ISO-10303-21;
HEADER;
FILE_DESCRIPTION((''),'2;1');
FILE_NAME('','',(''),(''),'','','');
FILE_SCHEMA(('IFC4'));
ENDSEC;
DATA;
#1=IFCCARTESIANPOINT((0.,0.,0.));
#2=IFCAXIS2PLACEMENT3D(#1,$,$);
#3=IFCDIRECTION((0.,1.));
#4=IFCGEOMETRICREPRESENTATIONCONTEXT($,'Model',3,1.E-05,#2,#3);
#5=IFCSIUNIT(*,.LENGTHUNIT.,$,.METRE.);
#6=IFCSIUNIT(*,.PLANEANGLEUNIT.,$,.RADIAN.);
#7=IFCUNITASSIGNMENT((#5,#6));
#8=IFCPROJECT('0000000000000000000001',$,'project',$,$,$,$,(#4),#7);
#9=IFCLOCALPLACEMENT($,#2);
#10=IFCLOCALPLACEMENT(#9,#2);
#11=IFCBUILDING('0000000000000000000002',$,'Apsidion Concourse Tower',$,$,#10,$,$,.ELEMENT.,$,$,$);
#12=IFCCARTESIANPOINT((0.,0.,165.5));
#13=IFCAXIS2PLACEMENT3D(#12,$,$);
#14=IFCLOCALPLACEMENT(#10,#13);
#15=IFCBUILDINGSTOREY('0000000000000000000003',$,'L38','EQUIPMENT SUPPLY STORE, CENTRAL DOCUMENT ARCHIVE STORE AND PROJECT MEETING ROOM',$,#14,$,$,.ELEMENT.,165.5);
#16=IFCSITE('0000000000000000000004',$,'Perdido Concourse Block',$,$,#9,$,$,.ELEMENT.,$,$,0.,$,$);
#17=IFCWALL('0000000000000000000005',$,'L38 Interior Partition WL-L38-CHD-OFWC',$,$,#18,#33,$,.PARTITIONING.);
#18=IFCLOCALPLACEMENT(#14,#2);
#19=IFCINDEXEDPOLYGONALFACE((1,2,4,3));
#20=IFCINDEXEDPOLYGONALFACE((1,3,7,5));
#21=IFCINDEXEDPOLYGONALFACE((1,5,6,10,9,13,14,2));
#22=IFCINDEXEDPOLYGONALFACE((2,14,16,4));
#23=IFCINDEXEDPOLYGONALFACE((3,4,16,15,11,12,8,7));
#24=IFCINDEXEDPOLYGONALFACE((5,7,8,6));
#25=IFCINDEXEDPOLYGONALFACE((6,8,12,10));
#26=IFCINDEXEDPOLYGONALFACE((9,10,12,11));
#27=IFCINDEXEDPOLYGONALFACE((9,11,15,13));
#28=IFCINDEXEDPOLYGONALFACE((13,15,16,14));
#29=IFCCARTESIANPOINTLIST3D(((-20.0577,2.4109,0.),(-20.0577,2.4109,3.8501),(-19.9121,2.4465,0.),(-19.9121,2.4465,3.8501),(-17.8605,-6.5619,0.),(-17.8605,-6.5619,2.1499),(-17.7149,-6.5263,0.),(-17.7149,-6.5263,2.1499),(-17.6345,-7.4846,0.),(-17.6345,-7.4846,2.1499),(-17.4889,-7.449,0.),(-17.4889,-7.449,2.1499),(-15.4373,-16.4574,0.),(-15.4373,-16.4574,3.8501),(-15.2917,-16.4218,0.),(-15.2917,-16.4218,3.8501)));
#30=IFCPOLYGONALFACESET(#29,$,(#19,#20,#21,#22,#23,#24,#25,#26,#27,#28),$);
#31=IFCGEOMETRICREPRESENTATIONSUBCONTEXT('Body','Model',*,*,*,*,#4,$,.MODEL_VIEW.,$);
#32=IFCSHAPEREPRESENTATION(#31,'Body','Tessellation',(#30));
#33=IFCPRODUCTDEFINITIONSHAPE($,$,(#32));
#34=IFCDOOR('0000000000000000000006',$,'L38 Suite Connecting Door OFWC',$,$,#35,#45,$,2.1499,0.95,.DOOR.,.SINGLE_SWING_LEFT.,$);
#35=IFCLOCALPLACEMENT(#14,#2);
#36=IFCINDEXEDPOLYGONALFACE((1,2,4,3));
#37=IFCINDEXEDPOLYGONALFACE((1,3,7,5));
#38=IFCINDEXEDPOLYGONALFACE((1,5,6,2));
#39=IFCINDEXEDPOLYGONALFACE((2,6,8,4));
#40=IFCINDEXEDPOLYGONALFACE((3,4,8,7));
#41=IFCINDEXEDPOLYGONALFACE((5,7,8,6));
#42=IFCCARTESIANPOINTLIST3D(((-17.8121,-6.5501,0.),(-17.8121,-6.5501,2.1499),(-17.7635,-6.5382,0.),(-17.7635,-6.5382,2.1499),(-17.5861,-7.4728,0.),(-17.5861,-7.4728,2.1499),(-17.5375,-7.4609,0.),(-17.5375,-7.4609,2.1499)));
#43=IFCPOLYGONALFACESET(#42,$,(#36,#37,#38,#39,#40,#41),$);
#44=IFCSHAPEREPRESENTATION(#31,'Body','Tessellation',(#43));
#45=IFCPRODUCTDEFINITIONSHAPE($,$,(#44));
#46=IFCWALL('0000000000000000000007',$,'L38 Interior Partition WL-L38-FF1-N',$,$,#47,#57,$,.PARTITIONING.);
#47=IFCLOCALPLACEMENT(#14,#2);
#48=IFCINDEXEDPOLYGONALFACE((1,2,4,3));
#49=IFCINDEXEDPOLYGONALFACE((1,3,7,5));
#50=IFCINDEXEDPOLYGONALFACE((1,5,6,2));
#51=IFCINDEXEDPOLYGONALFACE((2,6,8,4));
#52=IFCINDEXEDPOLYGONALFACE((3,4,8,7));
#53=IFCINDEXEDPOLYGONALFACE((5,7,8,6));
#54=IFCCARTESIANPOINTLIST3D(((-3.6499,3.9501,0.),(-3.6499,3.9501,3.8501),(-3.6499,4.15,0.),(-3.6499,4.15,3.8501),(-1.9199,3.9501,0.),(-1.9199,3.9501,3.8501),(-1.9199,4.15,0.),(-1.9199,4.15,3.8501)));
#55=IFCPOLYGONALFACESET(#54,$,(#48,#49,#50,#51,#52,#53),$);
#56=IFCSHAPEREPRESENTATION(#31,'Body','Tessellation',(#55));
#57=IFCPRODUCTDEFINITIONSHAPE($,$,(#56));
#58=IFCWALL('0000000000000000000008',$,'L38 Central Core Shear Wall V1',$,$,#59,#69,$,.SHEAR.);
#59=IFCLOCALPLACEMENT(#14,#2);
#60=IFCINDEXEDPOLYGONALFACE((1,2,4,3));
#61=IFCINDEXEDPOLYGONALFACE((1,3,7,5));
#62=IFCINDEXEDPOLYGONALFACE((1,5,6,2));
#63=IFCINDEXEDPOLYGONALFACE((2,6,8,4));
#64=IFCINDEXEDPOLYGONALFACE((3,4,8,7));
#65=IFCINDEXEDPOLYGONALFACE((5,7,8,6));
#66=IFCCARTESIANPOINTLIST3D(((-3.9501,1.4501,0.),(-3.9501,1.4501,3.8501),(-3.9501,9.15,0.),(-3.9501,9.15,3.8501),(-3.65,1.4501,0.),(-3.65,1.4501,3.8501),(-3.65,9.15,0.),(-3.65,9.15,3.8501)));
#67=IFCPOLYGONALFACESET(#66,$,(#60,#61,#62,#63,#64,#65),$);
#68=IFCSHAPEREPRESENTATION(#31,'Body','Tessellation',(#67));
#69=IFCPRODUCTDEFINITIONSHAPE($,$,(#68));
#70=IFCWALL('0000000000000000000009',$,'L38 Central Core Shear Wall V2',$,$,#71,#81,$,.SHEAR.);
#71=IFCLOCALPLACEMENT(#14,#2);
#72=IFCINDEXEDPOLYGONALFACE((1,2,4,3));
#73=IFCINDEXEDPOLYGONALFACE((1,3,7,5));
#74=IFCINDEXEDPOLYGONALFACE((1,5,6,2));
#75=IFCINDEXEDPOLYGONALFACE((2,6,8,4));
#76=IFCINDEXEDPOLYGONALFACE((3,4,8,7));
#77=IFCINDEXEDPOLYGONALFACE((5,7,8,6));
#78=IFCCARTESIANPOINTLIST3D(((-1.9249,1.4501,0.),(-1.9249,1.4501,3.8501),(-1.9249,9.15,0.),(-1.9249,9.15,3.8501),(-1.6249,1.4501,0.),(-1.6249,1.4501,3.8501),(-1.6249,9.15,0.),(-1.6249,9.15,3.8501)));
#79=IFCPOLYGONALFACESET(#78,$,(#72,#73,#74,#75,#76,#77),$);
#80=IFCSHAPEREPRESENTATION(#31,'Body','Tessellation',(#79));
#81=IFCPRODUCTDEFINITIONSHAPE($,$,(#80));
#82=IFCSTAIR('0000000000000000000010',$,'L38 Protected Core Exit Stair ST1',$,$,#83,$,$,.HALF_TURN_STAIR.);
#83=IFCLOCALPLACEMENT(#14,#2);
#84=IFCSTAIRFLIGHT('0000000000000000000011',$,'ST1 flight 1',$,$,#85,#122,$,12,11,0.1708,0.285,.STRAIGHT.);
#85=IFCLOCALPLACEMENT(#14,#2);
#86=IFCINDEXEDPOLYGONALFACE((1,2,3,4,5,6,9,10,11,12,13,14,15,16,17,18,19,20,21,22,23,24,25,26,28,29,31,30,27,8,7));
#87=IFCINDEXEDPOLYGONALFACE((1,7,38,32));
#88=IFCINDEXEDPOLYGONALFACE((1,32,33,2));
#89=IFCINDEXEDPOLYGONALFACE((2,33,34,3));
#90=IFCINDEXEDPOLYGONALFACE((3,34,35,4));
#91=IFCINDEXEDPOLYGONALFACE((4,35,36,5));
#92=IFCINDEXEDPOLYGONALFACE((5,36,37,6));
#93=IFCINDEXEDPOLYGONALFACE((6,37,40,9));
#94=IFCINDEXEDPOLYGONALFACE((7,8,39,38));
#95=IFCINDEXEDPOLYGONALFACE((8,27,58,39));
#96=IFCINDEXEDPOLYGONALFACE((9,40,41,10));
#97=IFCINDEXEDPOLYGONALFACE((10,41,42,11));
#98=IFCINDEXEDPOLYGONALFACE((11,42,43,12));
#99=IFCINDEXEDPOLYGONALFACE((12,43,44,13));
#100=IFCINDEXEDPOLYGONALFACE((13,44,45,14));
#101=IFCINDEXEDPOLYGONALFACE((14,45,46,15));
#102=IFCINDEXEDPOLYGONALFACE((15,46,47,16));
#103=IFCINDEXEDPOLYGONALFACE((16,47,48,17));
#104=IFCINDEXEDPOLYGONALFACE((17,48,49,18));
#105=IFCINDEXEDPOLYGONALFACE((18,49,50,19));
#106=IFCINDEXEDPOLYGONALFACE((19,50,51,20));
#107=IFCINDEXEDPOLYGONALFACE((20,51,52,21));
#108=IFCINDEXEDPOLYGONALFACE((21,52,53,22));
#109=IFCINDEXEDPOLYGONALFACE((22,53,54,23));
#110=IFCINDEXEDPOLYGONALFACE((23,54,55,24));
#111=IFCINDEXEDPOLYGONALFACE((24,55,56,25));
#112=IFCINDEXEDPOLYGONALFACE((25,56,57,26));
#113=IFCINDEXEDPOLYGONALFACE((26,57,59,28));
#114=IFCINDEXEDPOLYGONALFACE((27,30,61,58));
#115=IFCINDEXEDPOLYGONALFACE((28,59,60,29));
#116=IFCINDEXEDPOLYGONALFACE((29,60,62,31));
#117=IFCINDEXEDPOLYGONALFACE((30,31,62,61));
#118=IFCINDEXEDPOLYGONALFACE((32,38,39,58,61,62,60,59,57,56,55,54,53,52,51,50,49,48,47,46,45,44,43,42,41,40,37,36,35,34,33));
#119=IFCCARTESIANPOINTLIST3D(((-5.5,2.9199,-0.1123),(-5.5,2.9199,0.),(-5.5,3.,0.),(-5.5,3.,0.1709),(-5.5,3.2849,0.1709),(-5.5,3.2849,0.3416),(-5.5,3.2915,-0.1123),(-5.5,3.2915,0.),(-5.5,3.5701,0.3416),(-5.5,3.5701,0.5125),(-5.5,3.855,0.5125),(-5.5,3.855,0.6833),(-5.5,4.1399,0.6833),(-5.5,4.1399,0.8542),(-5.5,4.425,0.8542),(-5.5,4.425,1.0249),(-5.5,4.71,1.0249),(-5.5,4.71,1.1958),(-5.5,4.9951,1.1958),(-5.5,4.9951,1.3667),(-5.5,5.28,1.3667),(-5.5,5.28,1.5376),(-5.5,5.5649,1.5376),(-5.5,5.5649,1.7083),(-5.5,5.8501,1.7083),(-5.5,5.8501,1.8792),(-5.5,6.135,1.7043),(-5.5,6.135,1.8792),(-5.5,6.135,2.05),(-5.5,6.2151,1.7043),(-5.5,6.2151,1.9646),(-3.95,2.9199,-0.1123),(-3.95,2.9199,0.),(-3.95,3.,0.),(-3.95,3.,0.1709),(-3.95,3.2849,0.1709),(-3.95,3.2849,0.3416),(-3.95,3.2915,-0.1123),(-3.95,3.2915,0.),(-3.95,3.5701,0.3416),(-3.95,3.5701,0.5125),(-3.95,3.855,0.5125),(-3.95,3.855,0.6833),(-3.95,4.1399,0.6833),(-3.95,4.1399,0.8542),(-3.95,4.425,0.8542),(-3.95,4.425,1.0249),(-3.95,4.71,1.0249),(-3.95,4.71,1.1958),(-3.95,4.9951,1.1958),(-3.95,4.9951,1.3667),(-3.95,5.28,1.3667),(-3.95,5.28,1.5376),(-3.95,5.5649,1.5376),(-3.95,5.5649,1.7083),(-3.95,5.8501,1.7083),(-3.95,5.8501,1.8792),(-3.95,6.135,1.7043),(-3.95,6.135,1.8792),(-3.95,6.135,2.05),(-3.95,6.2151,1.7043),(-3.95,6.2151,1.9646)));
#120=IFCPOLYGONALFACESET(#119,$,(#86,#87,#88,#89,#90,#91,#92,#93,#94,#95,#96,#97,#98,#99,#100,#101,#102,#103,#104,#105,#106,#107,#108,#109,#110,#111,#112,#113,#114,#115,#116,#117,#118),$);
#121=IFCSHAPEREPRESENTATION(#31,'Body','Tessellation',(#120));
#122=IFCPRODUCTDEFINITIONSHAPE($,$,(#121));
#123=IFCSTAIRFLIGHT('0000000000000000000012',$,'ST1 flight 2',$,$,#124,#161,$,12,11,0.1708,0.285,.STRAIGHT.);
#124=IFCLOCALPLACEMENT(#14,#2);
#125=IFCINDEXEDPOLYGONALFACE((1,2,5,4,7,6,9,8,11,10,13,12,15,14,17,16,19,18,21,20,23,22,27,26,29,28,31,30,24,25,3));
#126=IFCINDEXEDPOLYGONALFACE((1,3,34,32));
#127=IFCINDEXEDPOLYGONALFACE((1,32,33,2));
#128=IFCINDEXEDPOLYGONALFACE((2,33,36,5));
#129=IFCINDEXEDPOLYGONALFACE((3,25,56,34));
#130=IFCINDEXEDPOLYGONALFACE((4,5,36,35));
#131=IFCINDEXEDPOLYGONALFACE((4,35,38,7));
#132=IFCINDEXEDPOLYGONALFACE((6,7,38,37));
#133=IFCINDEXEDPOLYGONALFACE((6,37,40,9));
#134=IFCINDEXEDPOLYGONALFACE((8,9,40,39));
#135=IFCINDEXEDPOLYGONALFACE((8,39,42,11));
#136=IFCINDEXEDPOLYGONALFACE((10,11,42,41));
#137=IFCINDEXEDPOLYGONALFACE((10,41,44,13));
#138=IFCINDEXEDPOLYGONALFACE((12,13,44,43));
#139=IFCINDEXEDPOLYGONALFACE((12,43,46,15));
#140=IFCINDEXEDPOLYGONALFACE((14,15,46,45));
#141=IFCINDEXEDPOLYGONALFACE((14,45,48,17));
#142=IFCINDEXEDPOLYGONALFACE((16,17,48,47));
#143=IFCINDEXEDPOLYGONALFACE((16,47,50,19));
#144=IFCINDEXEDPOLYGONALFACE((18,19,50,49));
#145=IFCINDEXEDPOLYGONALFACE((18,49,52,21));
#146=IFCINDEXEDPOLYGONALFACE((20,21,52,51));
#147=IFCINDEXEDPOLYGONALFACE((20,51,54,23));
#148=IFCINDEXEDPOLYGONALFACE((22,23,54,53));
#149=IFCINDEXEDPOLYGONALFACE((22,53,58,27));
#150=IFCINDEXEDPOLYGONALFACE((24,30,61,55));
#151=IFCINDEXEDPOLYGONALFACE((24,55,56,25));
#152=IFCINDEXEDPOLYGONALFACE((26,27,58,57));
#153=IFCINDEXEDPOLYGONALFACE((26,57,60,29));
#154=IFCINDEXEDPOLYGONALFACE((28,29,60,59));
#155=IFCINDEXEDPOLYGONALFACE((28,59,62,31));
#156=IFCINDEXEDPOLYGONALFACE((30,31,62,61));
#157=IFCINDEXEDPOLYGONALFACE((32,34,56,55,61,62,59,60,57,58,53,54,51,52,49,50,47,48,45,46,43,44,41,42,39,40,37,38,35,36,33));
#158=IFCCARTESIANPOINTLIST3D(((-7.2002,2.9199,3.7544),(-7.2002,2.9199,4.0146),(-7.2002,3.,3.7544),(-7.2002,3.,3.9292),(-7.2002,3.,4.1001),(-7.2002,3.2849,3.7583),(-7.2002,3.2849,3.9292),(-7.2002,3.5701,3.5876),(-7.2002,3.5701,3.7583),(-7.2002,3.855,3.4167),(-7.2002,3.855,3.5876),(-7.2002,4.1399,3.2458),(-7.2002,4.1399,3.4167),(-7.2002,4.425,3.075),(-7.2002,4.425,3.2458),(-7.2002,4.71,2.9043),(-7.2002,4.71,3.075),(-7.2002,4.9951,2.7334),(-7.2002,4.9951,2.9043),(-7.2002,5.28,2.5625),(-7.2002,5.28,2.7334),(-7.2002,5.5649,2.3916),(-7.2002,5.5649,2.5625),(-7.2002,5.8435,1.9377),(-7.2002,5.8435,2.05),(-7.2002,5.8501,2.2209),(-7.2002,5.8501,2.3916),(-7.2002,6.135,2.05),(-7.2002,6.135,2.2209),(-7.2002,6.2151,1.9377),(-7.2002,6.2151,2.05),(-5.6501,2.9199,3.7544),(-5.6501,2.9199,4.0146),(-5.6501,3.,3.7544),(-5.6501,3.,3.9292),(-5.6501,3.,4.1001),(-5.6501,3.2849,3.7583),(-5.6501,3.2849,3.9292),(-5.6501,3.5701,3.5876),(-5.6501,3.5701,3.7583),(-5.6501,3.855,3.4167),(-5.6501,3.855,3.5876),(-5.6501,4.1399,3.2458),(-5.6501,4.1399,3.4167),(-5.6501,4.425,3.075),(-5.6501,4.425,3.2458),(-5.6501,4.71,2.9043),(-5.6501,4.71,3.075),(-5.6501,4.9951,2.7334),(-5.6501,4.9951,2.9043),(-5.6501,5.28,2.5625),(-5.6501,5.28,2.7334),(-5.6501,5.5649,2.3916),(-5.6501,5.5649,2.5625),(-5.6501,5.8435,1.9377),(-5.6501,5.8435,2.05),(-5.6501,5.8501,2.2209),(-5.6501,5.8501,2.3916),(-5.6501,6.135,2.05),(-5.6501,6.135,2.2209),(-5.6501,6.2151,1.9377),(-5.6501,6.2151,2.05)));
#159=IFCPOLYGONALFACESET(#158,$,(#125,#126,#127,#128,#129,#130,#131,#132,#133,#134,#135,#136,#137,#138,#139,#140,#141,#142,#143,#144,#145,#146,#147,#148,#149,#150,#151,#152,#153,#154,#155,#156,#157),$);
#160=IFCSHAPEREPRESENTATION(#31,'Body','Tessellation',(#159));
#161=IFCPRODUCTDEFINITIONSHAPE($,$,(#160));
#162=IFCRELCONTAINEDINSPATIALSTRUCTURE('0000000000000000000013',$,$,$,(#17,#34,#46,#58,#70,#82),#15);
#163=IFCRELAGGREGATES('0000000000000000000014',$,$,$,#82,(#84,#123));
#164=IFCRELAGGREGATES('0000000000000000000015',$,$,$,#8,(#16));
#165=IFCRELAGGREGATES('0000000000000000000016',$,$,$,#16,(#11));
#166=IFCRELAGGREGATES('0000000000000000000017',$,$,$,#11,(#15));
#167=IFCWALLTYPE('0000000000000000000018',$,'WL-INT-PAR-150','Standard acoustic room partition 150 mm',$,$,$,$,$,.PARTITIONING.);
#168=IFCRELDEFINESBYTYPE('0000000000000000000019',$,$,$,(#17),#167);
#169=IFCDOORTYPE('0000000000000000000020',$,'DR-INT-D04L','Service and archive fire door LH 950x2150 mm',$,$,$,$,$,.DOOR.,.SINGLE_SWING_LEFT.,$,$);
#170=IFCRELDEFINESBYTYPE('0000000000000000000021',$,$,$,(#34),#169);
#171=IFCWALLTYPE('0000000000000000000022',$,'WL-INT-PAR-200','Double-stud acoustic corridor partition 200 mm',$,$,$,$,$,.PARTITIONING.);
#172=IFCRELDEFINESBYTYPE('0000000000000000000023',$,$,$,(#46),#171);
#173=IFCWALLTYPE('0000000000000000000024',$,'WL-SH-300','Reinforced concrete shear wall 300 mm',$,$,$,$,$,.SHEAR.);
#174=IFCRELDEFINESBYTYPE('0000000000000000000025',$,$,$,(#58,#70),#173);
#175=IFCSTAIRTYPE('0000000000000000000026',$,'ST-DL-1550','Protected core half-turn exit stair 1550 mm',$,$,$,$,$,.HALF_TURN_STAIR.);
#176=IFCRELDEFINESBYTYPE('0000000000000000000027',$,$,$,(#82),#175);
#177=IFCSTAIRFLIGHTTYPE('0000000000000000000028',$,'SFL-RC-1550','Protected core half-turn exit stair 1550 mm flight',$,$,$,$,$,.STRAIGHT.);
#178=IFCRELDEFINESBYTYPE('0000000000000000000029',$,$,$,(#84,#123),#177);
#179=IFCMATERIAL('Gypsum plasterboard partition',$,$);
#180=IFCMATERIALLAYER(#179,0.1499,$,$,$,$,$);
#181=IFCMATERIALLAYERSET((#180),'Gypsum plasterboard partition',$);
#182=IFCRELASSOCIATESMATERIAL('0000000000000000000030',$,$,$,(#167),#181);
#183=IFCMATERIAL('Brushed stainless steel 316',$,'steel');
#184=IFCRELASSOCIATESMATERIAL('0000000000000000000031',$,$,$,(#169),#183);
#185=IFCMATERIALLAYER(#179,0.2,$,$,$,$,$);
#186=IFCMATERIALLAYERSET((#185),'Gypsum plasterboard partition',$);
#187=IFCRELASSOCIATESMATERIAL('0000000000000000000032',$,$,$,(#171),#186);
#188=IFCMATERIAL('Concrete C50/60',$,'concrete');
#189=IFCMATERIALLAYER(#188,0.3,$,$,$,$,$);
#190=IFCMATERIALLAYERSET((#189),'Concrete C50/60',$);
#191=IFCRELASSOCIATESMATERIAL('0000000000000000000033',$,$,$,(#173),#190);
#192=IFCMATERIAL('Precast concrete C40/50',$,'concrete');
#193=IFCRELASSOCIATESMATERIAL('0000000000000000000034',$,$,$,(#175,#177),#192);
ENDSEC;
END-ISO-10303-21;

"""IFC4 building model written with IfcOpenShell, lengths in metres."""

from ifc_helpers import new_model, si_unit, direction, frame, frame_2d, origin, place, context, subcontext, project, spatial, polyline, rectangle, outline, extrude, material, layer, layer_set, type_object, element, fill, aggregate, save


model = new_model("IFC4")

# Units and contexts
model_context = context("Model", 3, precision=1e-05, world=origin(), true_north=direction((0.0, 1.0)))
body_context = subcontext(model_context, "Body", "Model", "MODEL_VIEW")
ifc_project = project(units=[si_unit("LENGTHUNIT", "METRE"), si_unit("PLANEANGLEUNIT", "RADIAN")], contexts=[model_context])

# Site, building, storey
site_placement = place(None, origin())
site = spatial("IfcSite", under=ifc_project, at=site_placement, Name="Perdido Concourse Block", CompositionType="ELEMENT", RefElevation=0.0)
building_placement = place(site_placement, origin())
building = spatial("IfcBuilding", under=site, at=building_placement, Name="Apsidion Concourse Tower", CompositionType="ELEMENT")
storey_placement = place(building_placement, frame((0.0, 0.0, 165.5)))
storey = spatial("IfcBuildingStorey", under=building, at=storey_placement, Name="L38", Description="EQUIPMENT SUPPLY STORE, CENTRAL DOCUMENT ARCHIVE STORE AND PROJECT MEETING ROOM", CompositionType="ELEMENT", Elevation=165.5)

# Shared definitions
ifc_material_1 = material(Name="Concrete C50/60", Category="concrete")

# Shared definitions
ifc_material_2 = material(Name="Gypsum plasterboard partition")
ifc_layer_1 = layer(ifc_material_2, 0.1499)
ifc_layer_set_1 = layer_set([ifc_layer_1], Name="Gypsum plasterboard partition")
wall_type_1 = type_object("IfcWallType", Name="WL-INT-PAR-150", Description="Standard acoustic room partition 150 mm", PredefinedType="PARTITIONING", material=ifc_layer_set_1)
ifc_material_3 = material(Name="Brushed stainless steel 316", Category="steel")

# Wall, opening, door
wall_1_placement = place(storey_placement, frame((-19.9849, 2.4287, 0.0), z_axis=(0.0, 0.0, 1.0), x_axis=(0.237846, -0.971303, 0.0)))
wall_1 = element("IfcWall", 1, at=wall_1_placement, inside=storey, type_object=wall_type_1, Name="L38 Interior Partition WL-L38-CHD-OFWC", PredefinedType="PARTITIONING", context=body_context, shape_type="SweptSolid", body=[
    extrude(rectangle(XDim=19.4258, YDim=0.1499, at=frame_2d((9.7129, 0.0))), origin(), (0.0, 0.0, 1.0), 3.8501),
])
opening_1_placement = place(wall_1_placement, frame((9.2378, 0.0, 0.0)))
opening_1 = element("IfcOpeningElement", 2, at=opening_1_placement, cuts=wall_1, PredefinedType="OPENING", context=body_context, shape_type="SweptSolid", body=[
    extrude(rectangle(XDim=0.95, YDim=2.1499, at=frame_2d((0.4751, 1.075))), frame((0.0, 0.085, 0.0), z_axis=(0.0, -1.0, 0.0), x_axis=(1.0, 0.0, 0.0)), (0.0, 0.0, 1.0), 0.1699),
])
door_type_1 = type_object("IfcDoorType", Name="DR-INT-D04L", Description="Service and archive fire door LH 950x2150 mm", OperationType="SINGLE_SWING_LEFT", PredefinedType="DOOR", material=ifc_material_3)
door_1_placement = place(opening_1_placement, origin())
door_1 = element("IfcDoor", 3, at=door_1_placement, inside=storey, type_object=door_type_1, Name="L38 Suite Connecting Door OFWC", OperationType="SINGLE_SWING_LEFT", OverallHeight=2.1499, OverallWidth=0.95, PredefinedType="DOOR", context=body_context, shape_type="SweptSolid", body=[
    extrude(rectangle(XDim=0.95, YDim=2.1499, at=frame_2d((0.4751, 1.075))), frame((0.0, 0.0249, 0.0), z_axis=(0.0, -1.0, 0.0), x_axis=(1.0, 0.0, 0.0)), (0.0, 0.0, 1.0), 0.05),
])
fill(opening_1, door_1)

# Walls
ifc_layer_2 = layer(ifc_material_2, 0.2)
ifc_layer_set_2 = layer_set([ifc_layer_2], Name="Gypsum plasterboard partition")
wall_type_2 = type_object("IfcWallType", Name="WL-INT-PAR-200", Description="Double-stud acoustic corridor partition 200 mm", PredefinedType="PARTITIONING", material=ifc_layer_set_2)
wall_2_placement = place(storey_placement, frame((-3.6499, 4.05, 0.0), z_axis=(0.0, 0.0, 1.0), x_axis=(1.0, 0.0, 0.0)))
element("IfcWall", 4, at=wall_2_placement, inside=storey, type_object=wall_type_2, Name="L38 Interior Partition WL-L38-FF1-N", PredefinedType="PARTITIONING", context=body_context, shape_type="SweptSolid", body=[
    extrude(rectangle(XDim=1.73, YDim=0.2, at=frame_2d((0.865, 0.0))), origin(), (0.0, 0.0, 1.0), 3.8501),
])
ifc_layer_3 = layer(ifc_material_1, 0.3)
ifc_layer_set_3 = layer_set([ifc_layer_3], Name="Concrete C50/60")
wall_type_3 = type_object("IfcWallType", Name="WL-SH-300", Description="Reinforced concrete shear wall 300 mm", PredefinedType="SHEAR", material=ifc_layer_set_3)
for number, where, z_axis, x_axis, name in (
    (5, (-3.8, 1.45, 0.0), (0.0, 0.0, 1.0), (0.0, 1.0, 0.0), "L38 Central Core Shear Wall V1"),
    (6, (-1.7749, 1.45, 0.0), (0.0, 0.0, 1.0), (0.0, 1.0, 0.0), "L38 Central Core Shear Wall V2"),
):
    element("IfcWall", number, at=place(storey_placement, frame(where, z_axis=z_axis, x_axis=x_axis)), inside=storey, type_object=wall_type_3, Name=name, PredefinedType="SHEAR", context=body_context, shape_type="SweptSolid", body=[
        extrude(rectangle(XDim=7.7, YDim=0.3, at=frame_2d((3.8501, 0.0))), origin(), (0.0, 0.0, 1.0), 3.8501),
    ])

# Stair, stair flights
ifc_material_4 = material(Name="Precast concrete C40/50", Category="concrete")
stair_type = type_object("IfcStairType", Name="ST-DL-1550", Description="Protected core half-turn exit stair 1550 mm", PredefinedType="HALF_TURN_STAIR", material=ifc_material_4)
stair_placement = place(storey_placement, origin())
stair = element("IfcStair", 7, at=stair_placement, inside=storey, type_object=stair_type, Name="L38 Protected Core Exit Stair ST1", PredefinedType="HALF_TURN_STAIR")
stair_flight_type = type_object("IfcStairFlightType", Name="SFL-RC-1550", Description="Protected core half-turn exit stair 1550 mm flight", PredefinedType="STRAIGHT", material=ifc_material_4)
stair_flight_1_placement = place(storey_placement, frame((-4.7251, 3.0, 0.0), z_axis=(0.0, 0.0, 1.0), x_axis=(0.0, 1.0, 0.0)))
stair_flight_1 = element("IfcStairFlight", 8, at=stair_flight_1_placement, type_object=stair_flight_type, Name="ST1 flight 1", NumberOfRisers=12, NumberOfTreads=11, PredefinedType="STRAIGHT", RiserHeight=0.1708, TreadLength=0.285, context=body_context, shape_type="SweptSolid", body=[
    extrude(outline(polyline([(-0.0801, -0.1123), (-0.0801, 0.0), (0.0, 0.0), (0.0, 0.1709), (0.2849, 0.1709), (0.2849, 0.3416), (0.5701, 0.3416), (0.5701, 0.5125), (0.855, 0.5125), (0.855, 0.6833), (1.1399, 0.6833), (1.1399, 0.8542), (1.425, 0.8542), (1.425, 1.0249), (1.71, 1.0249), (1.71, 1.1958), (1.9951, 1.1958), (1.9951, 1.3667), (2.28, 1.3667), (2.28, 1.5376), (2.5649, 1.5376), (2.5649, 1.7083), (2.8501, 1.7083), (2.8501, 1.8792), (3.135, 1.8792), (3.135, 2.05), (3.2151, 1.9646), (3.2151, 1.7043), (3.135, 1.7043), (0.2915, 0.0), (0.2915, -0.1123), (-0.0801, -0.1123)])), frame((0.0, 0.7749, 0.0), z_axis=(0.0, -1.0, 0.0), x_axis=(1.0, 0.0, 0.0)), (0.0, 0.0, 1.0), 1.55),
])
stair_flight_2_placement = place(storey_placement, frame((-6.425, 6.135, 2.05), z_axis=(0.0, 0.0, 1.0), x_axis=(0.0, -1.0, 0.0)))
stair_flight_2 = element("IfcStairFlight", 9, at=stair_flight_2_placement, type_object=stair_flight_type, Name="ST1 flight 2", NumberOfRisers=12, NumberOfTreads=11, PredefinedType="STRAIGHT", RiserHeight=0.1708, TreadLength=0.285, context=body_context, shape_type="SweptSolid", body=[
    extrude(outline(polyline([(-0.0801, -0.1123), (-0.0801, 0.0), (0.0, 0.0), (0.0, 0.1709), (0.2849, 0.1709), (0.2849, 0.3416), (0.5701, 0.3416), (0.5701, 0.5125), (0.855, 0.5125), (0.855, 0.6833), (1.1399, 0.6833), (1.1399, 0.8542), (1.425, 0.8542), (1.425, 1.0249), (1.71, 1.0249), (1.71, 1.1958), (1.9951, 1.1958), (1.9951, 1.3667), (2.28, 1.3667), (2.28, 1.5376), (2.5649, 1.5376), (2.5649, 1.7083), (2.8501, 1.7083), (2.8501, 1.8792), (3.135, 1.8792), (3.135, 2.05), (3.2151, 1.9646), (3.2151, 1.7043), (3.135, 1.7043), (0.2915, 0.0), (0.2915, -0.1123), (-0.0801, -0.1123)])), frame((0.0, 0.7749, 0.0), z_axis=(0.0, -1.0, 0.0), x_axis=(1.0, 0.0, 0.0)), (0.0, 0.0, 1.0), 1.55),
])
aggregate(stair, [stair_flight_1, stair_flight_2])

save(model, "model.ifc")
